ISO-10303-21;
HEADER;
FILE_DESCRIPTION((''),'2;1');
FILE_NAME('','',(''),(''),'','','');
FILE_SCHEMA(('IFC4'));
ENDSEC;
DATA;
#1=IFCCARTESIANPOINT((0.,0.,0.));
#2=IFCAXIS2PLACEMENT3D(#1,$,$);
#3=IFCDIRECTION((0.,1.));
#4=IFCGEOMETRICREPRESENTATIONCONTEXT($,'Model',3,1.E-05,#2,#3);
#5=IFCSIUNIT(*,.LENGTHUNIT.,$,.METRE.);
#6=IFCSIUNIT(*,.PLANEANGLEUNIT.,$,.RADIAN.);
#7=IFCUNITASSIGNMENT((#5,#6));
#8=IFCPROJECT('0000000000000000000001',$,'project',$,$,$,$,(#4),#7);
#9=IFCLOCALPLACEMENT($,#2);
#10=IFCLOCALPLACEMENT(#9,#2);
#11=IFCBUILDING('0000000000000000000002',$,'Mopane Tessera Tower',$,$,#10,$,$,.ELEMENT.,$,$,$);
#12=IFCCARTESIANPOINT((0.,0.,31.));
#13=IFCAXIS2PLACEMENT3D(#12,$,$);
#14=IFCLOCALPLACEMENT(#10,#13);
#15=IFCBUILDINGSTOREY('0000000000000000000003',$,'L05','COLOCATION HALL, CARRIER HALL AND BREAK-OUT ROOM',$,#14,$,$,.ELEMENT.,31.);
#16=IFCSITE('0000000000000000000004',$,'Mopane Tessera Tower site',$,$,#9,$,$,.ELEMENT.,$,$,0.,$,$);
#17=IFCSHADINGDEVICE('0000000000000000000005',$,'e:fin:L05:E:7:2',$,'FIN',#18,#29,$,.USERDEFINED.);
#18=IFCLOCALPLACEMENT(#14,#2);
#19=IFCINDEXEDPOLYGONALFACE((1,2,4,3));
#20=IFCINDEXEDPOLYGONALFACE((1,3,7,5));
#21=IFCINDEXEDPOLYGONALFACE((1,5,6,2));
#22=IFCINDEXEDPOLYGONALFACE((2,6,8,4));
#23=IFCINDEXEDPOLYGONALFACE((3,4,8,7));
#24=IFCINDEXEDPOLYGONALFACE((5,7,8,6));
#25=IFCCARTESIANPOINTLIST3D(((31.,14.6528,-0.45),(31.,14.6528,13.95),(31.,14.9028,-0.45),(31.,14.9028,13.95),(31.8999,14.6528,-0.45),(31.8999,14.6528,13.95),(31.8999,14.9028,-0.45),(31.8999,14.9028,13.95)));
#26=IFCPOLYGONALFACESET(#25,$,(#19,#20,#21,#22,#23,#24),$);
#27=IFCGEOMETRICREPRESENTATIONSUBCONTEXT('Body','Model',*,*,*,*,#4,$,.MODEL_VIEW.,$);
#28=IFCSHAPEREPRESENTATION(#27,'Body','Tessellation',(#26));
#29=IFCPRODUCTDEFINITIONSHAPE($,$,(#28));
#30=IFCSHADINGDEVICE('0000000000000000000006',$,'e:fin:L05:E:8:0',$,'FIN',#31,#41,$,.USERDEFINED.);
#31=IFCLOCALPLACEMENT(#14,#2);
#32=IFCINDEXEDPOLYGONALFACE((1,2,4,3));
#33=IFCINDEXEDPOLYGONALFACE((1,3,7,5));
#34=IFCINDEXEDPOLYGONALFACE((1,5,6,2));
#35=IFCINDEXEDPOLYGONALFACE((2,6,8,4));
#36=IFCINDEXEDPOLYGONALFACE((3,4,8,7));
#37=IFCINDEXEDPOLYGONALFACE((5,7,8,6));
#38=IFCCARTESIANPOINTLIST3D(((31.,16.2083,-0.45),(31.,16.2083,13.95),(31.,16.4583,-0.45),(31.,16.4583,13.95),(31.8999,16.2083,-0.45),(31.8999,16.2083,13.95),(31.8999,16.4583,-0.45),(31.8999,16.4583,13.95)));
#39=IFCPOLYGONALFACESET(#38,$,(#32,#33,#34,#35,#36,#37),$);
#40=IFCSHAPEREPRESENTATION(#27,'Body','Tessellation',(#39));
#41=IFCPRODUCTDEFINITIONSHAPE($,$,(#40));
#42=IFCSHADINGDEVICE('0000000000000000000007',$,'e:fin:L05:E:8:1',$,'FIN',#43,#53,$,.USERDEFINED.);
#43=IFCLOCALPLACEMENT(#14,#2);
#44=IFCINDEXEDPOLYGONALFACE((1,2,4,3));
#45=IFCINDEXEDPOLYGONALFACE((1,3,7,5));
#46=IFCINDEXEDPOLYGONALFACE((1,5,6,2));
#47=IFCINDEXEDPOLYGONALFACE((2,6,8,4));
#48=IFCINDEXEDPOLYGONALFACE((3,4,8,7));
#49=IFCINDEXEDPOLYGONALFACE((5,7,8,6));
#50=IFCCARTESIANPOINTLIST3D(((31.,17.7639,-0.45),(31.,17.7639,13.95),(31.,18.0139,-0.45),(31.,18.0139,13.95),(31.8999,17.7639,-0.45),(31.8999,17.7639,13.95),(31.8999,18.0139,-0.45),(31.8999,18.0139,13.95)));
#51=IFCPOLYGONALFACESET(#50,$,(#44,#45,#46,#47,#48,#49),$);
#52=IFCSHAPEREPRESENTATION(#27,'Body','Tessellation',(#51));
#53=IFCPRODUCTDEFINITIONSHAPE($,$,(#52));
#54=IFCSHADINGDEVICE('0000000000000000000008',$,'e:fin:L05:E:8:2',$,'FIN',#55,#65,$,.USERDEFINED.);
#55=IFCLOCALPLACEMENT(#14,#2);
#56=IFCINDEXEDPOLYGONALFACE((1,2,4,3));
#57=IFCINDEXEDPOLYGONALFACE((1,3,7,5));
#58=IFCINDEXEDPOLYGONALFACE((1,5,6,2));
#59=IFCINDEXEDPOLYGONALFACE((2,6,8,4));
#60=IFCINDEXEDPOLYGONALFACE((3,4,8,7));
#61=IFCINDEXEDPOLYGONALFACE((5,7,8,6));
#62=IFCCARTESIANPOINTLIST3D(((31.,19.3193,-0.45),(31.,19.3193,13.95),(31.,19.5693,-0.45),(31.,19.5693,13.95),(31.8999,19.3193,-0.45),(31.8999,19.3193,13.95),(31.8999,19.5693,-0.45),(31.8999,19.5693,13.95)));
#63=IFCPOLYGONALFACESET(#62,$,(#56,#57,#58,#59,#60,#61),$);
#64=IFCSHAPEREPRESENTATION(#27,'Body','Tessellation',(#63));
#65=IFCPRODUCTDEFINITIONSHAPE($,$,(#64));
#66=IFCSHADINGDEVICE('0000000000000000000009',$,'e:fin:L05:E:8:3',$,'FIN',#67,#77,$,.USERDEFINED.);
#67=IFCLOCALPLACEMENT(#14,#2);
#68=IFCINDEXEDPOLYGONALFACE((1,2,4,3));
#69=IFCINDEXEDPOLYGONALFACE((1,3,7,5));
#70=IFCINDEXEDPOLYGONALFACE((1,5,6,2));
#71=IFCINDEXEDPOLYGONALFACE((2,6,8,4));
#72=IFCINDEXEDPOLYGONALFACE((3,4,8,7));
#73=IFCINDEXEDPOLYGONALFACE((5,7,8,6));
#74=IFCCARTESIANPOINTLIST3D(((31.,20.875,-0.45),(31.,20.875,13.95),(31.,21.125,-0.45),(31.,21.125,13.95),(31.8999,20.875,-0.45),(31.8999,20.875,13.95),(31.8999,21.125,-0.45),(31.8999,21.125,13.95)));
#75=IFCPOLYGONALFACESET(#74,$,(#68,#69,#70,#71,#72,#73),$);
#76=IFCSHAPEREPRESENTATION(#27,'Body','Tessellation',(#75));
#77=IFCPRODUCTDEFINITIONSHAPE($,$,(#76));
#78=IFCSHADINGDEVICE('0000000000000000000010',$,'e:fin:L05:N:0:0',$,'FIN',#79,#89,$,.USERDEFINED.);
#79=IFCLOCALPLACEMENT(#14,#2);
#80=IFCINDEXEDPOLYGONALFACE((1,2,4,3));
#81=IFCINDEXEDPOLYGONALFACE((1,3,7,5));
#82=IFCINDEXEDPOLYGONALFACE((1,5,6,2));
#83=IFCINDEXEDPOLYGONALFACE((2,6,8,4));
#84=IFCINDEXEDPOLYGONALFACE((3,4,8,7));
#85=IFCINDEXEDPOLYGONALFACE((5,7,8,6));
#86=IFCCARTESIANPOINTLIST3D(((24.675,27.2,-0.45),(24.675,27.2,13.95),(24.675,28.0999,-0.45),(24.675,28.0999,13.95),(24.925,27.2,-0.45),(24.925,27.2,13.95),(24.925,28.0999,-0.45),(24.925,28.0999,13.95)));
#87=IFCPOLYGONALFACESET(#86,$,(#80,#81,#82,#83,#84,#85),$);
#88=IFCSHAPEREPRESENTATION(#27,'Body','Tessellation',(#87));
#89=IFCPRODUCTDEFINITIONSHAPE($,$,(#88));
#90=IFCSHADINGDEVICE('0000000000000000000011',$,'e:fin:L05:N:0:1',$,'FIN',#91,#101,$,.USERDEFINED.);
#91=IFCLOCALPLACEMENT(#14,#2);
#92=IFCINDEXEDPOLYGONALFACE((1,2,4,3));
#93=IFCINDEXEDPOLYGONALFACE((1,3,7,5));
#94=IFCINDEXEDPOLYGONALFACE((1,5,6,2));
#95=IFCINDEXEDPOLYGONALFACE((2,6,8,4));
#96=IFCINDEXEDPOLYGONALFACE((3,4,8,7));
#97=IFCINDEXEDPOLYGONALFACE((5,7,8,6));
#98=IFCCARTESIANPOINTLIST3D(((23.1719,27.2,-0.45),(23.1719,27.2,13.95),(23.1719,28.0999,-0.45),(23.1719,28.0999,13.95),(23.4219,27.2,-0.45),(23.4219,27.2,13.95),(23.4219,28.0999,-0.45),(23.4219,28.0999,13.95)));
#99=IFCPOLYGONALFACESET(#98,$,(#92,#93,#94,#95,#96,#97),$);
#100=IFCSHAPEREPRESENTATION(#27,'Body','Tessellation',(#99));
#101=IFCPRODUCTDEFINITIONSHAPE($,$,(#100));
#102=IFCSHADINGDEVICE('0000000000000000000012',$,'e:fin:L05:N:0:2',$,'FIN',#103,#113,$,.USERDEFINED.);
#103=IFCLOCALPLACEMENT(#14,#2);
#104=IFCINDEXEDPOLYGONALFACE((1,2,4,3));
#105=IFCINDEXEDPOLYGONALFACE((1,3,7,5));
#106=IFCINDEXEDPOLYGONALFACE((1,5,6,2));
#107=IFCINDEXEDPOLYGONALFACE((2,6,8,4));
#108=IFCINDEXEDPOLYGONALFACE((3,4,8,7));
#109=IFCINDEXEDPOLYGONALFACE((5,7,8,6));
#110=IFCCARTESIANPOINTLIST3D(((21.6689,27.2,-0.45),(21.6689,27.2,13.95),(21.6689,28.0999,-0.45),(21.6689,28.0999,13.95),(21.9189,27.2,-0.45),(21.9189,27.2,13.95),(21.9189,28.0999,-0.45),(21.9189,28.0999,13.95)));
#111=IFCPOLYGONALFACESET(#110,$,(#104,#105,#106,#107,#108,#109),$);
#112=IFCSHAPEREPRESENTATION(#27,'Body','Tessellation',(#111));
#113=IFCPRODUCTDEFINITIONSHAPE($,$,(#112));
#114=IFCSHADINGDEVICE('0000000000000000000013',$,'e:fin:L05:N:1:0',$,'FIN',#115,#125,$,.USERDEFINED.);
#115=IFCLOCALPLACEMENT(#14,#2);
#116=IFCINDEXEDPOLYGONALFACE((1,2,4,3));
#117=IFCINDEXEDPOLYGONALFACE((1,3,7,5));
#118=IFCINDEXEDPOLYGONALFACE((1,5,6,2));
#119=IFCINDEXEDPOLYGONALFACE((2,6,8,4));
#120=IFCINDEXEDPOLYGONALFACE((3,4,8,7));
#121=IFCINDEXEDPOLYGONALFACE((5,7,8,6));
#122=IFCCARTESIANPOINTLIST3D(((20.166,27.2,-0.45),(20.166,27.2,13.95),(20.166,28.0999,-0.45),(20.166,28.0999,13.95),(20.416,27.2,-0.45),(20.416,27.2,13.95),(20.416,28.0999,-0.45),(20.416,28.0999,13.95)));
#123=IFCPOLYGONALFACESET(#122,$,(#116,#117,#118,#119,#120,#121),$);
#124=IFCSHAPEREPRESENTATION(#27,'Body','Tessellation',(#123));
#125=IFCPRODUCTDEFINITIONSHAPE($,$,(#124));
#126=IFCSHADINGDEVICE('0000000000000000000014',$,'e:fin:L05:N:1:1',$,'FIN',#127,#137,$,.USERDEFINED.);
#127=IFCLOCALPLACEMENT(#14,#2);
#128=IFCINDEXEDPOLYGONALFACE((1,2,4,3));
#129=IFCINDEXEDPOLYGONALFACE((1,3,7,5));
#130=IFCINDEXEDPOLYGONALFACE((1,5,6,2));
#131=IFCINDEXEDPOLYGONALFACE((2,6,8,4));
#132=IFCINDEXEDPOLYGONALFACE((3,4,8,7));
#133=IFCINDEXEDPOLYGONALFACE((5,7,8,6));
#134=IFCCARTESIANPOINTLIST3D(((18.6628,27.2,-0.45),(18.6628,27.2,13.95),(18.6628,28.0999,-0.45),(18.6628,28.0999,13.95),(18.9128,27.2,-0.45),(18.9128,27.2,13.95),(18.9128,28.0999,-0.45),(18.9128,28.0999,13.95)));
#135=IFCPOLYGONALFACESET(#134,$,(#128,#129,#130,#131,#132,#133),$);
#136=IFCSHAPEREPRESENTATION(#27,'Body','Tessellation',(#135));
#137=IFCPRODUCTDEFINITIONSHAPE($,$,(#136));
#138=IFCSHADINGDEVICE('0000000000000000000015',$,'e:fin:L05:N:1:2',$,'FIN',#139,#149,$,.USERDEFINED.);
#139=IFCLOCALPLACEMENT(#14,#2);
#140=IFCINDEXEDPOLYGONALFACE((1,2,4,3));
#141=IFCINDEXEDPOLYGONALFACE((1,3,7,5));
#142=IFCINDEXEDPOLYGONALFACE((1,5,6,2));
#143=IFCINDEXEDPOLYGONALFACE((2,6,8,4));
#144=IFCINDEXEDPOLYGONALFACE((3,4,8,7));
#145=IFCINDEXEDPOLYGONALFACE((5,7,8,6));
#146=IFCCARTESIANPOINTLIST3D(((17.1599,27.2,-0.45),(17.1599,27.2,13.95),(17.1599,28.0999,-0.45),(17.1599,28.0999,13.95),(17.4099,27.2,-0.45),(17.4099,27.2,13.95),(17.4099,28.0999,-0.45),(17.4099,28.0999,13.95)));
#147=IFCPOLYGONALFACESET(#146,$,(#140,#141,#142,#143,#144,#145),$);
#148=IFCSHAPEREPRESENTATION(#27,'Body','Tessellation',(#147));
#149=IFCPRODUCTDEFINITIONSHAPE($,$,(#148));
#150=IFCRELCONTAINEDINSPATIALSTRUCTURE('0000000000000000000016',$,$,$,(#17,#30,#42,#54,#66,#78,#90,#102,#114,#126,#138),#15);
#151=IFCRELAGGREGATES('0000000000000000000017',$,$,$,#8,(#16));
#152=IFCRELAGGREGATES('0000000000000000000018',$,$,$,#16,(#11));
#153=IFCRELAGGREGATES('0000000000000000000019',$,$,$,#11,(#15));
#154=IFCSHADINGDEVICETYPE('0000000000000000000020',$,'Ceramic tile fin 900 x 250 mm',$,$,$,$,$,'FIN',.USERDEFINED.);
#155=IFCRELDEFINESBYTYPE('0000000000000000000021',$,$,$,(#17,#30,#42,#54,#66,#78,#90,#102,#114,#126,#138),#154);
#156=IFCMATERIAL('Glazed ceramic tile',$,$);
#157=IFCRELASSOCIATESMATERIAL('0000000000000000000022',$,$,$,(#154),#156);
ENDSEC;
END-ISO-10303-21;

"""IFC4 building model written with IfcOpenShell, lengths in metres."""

from ifc_helpers import new_model, si_unit, direction, frame, origin, origin_2d, place, context, subcontext, project, spatial, rectangle, extrude, material, type_object, element, save


model = new_model("IFC4")

# Units and contexts
model_context = context("Model", 3, precision=1e-05, world=origin(), true_north=direction((0.0, 1.0)))
body_context = subcontext(model_context, "Body", "Model", "MODEL_VIEW")
ifc_project = project(units=[si_unit("LENGTHUNIT", "METRE"), si_unit("PLANEANGLEUNIT", "RADIAN")], contexts=[model_context])

# Site, building, storey
site_placement = place(None, origin())
site = spatial("IfcSite", under=ifc_project, at=site_placement, Name="Mopane Tessera Tower site", CompositionType="ELEMENT", RefElevation=0.0)
building_placement = place(site_placement, origin())
building = spatial("IfcBuilding", under=site, at=building_placement, Name="Mopane Tessera Tower", CompositionType="ELEMENT")
storey_placement = place(building_placement, frame((0.0, 0.0, 31.0)))
storey = spatial("IfcBuildingStorey", under=building, at=storey_placement, Name="L05", Description="COLOCATION HALL, CARRIER HALL AND BREAK-OUT ROOM", CompositionType="ELEMENT", Elevation=31.0)

# Shading devices
ifc_material_1 = material(Name="Glazed ceramic tile")
shading_device_type = type_object("IfcShadingDeviceType", Name="Ceramic tile fin 900 x 250 mm", ElementType="FIN", PredefinedType="USERDEFINED", material=ifc_material_1)
for number, where, z_axis, x_axis, name in (
    (1, (31.45, 14.7778, -0.45), (0.0, 0.0, 1.0), (0.0, 1.0, 0.0), "e:fin:L05:E:7:2"),
    (2, (31.45, 16.3333, -0.45), (0.0, 0.0, 1.0), (0.0, 1.0, 0.0), "e:fin:L05:E:8:0"),
    (3, (31.45, 17.8889, -0.45), (0.0, 0.0, 1.0), (0.0, 1.0, 0.0), "e:fin:L05:E:8:1"),
    (4, (31.45, 19.4443, -0.45), (0.0, 0.0, 1.0), (0.0, 1.0, 0.0), "e:fin:L05:E:8:2"),
    (5, (31.45, 21.0, -0.45), (0.0, 0.0, 1.0), (0.0, 1.0, 0.0), "e:fin:L05:E:8:3"),
    (6, (24.8, 27.6499, -0.45), (0.0, 0.0, 1.0), (-1.0, 0.0, 0.0), "e:fin:L05:N:0:0"),
    (7, (23.2969, 27.6499, -0.45), (0.0, 0.0, 1.0), (-1.0, 0.0, 0.0), "e:fin:L05:N:0:1"),
    (8, (21.7939, 27.6499, -0.45), (0.0, 0.0, 1.0), (-1.0, 0.0, 0.0), "e:fin:L05:N:0:2"),
    (9, (20.291, 27.6499, -0.45), (0.0, 0.0, 1.0), (-1.0, 0.0, 0.0), "e:fin:L05:N:1:0"),
    (10, (18.7878, 27.6499, -0.45), (0.0, 0.0, 1.0), (-1.0, 0.0, 0.0), "e:fin:L05:N:1:1"),
    (11, (17.2849, 27.6499, -0.45), (0.0, 0.0, 1.0), (-1.0, 0.0, 0.0), "e:fin:L05:N:1:2"),
):
    element("IfcShadingDevice", number, at=place(storey_placement, frame(where, z_axis=z_axis, x_axis=x_axis)), inside=storey, type_object=shading_device_type, Name=name, ObjectType="FIN", PredefinedType="USERDEFINED", context=body_context, shape_type="SweptSolid", body=[
        extrude(rectangle(XDim=0.25, YDim=0.8999, at=origin_2d()), origin(), (0.0, 0.0, 1.0), 14.3999),
    ])

save(model, "model.ifc")
